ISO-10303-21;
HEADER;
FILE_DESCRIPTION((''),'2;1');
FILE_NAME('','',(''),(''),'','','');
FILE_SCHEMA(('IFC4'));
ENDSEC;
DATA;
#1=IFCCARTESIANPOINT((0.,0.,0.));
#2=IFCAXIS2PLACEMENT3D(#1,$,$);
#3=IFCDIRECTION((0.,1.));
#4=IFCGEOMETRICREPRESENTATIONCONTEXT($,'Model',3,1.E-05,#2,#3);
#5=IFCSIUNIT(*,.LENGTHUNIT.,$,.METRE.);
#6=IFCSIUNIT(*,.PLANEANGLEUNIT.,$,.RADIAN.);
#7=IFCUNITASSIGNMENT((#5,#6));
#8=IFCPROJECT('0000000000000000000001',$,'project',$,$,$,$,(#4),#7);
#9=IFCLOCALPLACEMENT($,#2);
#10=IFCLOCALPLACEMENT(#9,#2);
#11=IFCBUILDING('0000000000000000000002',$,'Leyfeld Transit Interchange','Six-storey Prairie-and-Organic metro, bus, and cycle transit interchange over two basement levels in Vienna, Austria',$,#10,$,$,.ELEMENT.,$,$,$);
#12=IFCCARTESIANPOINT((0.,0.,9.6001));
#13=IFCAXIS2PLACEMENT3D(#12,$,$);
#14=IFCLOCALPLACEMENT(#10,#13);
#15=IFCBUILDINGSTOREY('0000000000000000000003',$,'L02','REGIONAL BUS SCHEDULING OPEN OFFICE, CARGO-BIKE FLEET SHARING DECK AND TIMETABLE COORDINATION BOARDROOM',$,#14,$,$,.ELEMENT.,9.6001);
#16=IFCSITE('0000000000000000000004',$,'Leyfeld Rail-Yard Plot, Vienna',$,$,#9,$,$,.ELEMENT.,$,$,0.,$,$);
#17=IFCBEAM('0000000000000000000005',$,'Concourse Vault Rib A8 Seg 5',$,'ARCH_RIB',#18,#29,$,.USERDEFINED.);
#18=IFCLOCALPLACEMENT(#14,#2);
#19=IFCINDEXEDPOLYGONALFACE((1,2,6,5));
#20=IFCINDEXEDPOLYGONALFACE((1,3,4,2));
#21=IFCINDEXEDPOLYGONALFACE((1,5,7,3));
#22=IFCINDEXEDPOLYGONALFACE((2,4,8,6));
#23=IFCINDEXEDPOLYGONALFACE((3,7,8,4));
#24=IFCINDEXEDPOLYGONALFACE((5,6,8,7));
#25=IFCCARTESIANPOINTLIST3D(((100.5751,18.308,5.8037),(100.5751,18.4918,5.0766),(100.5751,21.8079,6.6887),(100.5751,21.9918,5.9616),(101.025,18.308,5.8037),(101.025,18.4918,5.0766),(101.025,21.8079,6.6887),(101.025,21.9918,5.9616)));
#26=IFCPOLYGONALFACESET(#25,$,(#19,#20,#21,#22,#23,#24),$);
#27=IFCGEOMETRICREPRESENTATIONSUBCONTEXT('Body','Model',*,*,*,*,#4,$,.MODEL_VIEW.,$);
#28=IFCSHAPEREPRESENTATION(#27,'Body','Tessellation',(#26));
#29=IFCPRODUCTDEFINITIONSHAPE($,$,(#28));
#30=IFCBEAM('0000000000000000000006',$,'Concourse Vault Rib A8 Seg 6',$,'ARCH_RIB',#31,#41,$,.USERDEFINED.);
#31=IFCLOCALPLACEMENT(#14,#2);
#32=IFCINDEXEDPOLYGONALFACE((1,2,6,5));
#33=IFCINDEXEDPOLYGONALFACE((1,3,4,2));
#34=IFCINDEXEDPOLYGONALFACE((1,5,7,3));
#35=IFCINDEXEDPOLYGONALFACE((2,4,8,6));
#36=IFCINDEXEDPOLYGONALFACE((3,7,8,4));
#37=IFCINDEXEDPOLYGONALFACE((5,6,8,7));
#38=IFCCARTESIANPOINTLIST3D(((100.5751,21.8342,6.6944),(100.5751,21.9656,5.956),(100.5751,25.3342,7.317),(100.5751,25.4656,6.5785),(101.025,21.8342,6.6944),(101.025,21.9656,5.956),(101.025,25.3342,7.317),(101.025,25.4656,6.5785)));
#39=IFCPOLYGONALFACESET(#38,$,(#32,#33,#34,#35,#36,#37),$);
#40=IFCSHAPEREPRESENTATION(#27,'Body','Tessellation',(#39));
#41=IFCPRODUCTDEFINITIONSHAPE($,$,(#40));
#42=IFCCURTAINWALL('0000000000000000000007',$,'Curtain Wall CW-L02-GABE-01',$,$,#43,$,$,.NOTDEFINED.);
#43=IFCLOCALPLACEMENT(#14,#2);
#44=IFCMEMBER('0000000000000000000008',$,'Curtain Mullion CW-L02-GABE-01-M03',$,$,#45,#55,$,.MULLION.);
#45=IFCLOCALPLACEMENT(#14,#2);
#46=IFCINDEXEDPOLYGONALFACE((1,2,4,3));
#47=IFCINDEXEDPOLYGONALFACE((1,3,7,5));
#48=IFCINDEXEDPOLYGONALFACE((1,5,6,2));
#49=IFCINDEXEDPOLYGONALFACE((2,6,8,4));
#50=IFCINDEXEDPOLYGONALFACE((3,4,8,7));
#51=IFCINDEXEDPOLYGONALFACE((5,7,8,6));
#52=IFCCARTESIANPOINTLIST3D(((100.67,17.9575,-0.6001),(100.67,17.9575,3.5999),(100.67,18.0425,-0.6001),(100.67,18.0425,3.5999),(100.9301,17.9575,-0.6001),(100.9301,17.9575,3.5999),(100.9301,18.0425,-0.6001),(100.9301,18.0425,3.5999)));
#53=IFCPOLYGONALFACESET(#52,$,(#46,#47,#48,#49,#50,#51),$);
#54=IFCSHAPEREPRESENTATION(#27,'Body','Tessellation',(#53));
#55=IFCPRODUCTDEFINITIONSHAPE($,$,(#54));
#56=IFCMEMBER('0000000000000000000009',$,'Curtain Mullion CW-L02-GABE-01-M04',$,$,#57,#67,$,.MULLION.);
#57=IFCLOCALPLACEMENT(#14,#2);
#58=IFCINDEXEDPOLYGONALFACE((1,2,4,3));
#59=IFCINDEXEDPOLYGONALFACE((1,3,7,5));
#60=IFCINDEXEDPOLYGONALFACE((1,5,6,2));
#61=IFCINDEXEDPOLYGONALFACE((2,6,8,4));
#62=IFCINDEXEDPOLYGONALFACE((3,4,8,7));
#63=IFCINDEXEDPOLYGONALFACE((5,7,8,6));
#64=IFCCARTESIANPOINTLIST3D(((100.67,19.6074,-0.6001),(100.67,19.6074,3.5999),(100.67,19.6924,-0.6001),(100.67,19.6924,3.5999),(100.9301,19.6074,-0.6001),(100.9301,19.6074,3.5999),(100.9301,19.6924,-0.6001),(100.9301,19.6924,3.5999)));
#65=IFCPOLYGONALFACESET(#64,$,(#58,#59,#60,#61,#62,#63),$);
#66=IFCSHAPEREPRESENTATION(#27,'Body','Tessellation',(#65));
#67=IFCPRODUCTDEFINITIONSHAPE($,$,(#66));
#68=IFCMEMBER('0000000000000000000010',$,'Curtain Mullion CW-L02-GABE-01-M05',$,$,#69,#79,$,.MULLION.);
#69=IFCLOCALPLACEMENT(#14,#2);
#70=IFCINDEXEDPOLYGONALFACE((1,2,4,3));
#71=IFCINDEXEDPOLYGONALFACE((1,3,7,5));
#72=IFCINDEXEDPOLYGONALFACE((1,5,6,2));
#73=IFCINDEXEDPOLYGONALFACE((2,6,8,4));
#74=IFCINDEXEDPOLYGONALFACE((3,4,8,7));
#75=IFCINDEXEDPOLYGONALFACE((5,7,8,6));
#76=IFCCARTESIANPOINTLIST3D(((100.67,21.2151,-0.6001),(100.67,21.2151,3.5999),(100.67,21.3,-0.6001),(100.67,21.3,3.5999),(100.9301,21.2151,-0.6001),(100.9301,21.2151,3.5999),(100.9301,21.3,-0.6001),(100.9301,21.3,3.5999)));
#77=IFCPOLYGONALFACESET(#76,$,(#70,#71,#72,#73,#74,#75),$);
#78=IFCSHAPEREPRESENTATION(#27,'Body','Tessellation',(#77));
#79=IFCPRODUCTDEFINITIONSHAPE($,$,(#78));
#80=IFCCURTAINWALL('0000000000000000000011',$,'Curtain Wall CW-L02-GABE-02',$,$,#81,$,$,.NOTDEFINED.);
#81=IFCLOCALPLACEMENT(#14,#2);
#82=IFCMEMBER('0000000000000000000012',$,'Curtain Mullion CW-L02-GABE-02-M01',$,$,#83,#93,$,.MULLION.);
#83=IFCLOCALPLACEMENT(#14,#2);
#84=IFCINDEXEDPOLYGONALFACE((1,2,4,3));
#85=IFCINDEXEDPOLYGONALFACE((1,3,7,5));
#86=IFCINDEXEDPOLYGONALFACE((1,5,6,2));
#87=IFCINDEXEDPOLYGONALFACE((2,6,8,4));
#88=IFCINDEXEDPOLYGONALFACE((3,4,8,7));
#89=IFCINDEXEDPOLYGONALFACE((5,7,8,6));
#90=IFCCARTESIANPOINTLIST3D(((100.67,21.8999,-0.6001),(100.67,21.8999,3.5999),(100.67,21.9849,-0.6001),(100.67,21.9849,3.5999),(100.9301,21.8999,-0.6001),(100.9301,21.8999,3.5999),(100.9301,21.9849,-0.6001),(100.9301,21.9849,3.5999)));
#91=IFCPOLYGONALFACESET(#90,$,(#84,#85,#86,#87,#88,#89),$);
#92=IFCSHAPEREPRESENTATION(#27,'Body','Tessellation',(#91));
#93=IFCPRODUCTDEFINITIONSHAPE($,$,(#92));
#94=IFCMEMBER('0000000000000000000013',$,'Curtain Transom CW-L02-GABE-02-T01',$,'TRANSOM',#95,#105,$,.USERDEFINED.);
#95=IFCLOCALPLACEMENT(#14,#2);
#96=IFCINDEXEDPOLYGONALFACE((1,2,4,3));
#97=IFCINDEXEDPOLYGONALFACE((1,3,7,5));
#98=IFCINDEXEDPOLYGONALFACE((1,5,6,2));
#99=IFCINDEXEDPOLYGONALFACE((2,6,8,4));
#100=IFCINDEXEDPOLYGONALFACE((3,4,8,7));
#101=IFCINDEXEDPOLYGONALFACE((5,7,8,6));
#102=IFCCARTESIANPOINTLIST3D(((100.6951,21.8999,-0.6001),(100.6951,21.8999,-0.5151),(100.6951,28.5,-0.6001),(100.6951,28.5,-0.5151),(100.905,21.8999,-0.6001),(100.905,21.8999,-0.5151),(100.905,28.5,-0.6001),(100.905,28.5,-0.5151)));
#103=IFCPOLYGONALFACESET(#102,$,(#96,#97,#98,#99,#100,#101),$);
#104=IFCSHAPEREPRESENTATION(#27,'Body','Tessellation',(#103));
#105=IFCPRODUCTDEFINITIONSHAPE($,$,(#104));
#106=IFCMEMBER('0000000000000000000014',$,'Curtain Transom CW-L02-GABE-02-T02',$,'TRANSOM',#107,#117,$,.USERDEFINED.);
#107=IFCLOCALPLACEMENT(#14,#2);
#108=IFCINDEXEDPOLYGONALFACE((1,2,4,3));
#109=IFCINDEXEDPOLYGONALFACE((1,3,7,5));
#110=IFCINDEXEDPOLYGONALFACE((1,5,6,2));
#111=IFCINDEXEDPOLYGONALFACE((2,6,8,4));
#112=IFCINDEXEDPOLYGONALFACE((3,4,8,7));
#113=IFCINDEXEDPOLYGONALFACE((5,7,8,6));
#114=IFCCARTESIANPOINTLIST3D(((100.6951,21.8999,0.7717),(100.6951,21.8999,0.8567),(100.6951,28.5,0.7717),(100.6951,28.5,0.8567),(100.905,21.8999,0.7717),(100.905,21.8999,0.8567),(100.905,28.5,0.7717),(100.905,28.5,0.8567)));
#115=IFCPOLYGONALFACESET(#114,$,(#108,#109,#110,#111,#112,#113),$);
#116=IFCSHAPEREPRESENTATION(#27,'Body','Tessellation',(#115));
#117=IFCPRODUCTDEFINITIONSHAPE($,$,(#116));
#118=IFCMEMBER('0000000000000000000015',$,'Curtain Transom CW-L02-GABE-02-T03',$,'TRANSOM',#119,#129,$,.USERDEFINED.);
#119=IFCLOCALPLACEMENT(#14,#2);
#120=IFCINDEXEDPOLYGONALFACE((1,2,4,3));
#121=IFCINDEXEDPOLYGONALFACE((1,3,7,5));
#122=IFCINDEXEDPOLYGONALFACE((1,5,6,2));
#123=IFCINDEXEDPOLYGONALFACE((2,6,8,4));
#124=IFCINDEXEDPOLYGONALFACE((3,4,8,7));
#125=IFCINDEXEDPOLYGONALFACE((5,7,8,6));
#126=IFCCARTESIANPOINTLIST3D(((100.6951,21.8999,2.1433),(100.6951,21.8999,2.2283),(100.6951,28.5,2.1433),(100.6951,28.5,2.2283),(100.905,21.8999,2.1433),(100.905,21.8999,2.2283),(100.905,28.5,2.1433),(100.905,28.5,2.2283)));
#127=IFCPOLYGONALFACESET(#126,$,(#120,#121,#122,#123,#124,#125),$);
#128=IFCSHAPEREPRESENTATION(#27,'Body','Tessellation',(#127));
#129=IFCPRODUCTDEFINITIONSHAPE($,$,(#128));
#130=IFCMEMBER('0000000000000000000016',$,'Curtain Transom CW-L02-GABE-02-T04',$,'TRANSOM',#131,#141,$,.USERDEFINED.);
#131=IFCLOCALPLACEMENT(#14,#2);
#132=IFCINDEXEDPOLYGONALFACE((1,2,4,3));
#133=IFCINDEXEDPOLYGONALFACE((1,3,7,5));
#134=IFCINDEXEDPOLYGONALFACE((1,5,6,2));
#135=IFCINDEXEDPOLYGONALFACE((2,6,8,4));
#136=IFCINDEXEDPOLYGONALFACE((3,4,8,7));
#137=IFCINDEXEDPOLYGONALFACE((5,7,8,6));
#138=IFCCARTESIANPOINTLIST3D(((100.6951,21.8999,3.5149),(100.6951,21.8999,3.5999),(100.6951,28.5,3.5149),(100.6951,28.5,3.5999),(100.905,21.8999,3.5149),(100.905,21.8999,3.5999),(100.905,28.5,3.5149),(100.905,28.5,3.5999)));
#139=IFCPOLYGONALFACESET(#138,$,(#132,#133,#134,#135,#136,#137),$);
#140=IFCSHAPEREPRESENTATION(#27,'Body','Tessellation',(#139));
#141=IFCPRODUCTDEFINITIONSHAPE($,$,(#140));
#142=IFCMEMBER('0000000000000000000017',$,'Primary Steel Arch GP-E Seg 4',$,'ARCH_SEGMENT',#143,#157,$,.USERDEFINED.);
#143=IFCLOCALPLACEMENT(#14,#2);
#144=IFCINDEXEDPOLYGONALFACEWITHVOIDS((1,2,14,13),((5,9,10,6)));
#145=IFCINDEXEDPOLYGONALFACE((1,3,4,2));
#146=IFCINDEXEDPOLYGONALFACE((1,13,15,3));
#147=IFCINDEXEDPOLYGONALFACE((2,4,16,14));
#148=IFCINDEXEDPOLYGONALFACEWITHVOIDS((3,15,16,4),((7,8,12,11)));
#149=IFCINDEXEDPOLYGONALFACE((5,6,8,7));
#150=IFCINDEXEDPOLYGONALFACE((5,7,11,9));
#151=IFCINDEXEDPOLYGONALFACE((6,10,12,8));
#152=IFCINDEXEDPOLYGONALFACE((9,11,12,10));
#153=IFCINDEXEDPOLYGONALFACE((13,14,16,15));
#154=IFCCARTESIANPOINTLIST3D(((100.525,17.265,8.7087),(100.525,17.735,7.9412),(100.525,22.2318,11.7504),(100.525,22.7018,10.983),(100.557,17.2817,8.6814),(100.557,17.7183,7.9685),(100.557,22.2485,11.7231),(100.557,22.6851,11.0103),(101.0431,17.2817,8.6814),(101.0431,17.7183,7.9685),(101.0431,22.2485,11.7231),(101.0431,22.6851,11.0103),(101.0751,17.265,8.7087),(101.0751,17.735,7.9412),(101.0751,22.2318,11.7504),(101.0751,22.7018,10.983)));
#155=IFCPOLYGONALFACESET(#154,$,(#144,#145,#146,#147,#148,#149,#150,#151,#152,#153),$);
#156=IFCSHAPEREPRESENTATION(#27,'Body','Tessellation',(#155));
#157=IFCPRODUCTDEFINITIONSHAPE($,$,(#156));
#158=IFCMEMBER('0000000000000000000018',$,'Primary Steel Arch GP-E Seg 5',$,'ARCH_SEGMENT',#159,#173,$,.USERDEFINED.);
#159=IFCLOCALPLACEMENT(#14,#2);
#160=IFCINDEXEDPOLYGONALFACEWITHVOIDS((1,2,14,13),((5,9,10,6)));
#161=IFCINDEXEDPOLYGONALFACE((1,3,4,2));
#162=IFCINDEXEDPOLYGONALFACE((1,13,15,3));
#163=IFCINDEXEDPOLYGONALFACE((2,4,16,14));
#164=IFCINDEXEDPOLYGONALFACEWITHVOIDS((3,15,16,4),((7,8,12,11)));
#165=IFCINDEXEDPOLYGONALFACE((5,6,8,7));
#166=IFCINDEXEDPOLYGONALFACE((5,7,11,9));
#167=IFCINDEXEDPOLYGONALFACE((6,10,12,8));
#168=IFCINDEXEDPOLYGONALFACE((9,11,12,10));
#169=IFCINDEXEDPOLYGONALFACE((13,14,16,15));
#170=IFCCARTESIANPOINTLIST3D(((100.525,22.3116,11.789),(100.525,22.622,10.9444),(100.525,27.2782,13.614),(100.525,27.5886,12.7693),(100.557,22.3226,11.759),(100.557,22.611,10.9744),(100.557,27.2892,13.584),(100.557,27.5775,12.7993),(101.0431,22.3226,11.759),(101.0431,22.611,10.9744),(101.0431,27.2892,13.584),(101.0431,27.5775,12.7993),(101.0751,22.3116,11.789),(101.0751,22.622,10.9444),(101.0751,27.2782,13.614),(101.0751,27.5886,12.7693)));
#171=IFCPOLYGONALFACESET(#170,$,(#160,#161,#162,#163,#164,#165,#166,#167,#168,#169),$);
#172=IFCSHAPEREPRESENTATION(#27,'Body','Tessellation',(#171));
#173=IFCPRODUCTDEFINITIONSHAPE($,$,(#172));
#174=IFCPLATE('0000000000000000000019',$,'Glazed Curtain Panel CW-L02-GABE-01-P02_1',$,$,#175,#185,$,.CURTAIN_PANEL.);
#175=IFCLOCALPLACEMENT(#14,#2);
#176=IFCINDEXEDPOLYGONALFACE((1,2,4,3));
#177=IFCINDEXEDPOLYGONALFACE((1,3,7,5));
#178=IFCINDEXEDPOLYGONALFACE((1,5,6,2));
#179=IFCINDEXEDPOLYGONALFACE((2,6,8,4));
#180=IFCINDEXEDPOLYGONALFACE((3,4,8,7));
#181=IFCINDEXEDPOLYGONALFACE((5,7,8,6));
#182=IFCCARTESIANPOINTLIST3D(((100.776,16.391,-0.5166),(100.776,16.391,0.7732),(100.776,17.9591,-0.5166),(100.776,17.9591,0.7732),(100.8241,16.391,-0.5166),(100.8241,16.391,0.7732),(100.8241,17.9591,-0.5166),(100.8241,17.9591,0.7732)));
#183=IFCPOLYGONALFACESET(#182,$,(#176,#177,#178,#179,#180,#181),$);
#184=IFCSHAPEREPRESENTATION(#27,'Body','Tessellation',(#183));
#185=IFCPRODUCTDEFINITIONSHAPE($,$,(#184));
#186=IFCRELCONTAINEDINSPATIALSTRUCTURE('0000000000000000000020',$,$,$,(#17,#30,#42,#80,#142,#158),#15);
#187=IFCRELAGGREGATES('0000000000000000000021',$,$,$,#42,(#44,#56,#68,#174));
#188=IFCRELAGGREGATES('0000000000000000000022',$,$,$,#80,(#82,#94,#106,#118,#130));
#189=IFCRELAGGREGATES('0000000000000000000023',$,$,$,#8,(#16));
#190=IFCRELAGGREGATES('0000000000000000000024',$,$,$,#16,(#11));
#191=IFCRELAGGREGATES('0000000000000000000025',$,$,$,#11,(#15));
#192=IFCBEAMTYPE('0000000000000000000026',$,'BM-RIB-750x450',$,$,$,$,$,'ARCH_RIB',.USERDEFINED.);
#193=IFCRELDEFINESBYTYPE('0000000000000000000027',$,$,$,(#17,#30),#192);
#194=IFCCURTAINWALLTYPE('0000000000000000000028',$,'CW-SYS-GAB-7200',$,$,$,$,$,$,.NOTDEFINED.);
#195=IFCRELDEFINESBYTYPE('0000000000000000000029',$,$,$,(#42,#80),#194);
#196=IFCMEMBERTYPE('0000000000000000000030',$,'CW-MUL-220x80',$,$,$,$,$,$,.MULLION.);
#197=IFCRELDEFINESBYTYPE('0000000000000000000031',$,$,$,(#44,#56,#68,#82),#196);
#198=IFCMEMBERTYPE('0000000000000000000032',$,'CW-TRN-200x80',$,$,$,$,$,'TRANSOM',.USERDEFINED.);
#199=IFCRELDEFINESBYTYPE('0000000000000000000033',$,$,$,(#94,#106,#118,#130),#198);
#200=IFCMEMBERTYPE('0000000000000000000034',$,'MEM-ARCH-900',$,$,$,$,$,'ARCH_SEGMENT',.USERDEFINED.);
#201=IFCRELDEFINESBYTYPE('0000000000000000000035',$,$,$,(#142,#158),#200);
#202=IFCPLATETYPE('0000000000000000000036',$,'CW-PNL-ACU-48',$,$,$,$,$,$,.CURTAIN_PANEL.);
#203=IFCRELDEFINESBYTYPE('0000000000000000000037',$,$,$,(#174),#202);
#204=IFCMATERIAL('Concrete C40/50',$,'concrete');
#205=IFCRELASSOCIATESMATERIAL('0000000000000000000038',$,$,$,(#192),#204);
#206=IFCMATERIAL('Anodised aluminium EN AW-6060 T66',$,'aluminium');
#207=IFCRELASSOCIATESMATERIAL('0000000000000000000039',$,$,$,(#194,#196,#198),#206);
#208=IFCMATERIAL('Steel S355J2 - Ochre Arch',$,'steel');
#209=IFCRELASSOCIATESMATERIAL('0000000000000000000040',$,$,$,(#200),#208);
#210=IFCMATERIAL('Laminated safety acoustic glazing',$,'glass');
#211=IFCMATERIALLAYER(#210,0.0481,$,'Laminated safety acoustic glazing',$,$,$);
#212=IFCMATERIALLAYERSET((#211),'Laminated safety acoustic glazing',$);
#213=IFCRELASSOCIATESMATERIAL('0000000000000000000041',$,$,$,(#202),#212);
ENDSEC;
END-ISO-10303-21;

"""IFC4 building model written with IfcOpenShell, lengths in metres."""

from ifc_helpers import new_model, si_unit, direction, frame, origin, origin_2d, place, context, subcontext, project, spatial, rectangle, hollow_rectangle, extrude, material, layer, layer_set, material_profile, profile_set, type_object, element, aggregate, save


model = new_model("IFC4")

# Units and contexts
model_context = context("Model", 3, precision=1e-05, world=origin(), true_north=direction((0.0, 1.0)))
body_context = subcontext(model_context, "Body", "Model", "MODEL_VIEW")
ifc_project = project(units=[si_unit("LENGTHUNIT", "METRE"), si_unit("PLANEANGLEUNIT", "RADIAN")], contexts=[model_context])

# Site, building, storey
site_placement = place(None, origin())
site = spatial("IfcSite", under=ifc_project, at=site_placement, Name="Leyfeld Rail-Yard Plot, Vienna", CompositionType="ELEMENT", RefElevation=0.0)
building_placement = place(site_placement, origin())
building = spatial("IfcBuilding", under=site, at=building_placement, Name="Leyfeld Transit Interchange", Description="Six-storey Prairie-and-Organic metro, bus, and cycle transit interchange over two basement levels in Vienna, Austria", CompositionType="ELEMENT")
storey_placement = place(building_placement, frame((0.0, 0.0, 9.6001)))
storey = spatial("IfcBuildingStorey", under=building, at=storey_placement, Name="L02", Description="REGIONAL BUS SCHEDULING OPEN OFFICE, CARGO-BIKE FLEET SHARING DECK AND TIMETABLE COORDINATION BOARDROOM", CompositionType="ELEMENT", Elevation=9.6001)

# Beams
ifc_material_1 = material(Name="Concrete C40/50", Category="concrete")
ifc_material_profile_1 = material_profile(ifc_material_1, rectangle(XDim=0.45, YDim=0.75, at=origin_2d()), Name="RC 750x450 RIB")
ifc_profile_set_1 = profile_set([ifc_material_profile_1], Name="Concrete C40/50")
beam_type = type_object("IfcBeamType", Name="BM-RIB-750x450", ElementType="ARCH_RIB", PredefinedType="USERDEFINED", material=ifc_profile_set_1)
beam_1_placement = place(storey_placement, frame((100.8, 18.3999, 5.4402), z_axis=(0.0, 0.969487, 0.245144), x_axis=(-1.0, 0.0, 0.0)))
element("IfcBeam", 1, at=beam_1_placement, inside=storey, type_object=beam_type, Name="Concourse Vault Rib A8 Seg 5", ObjectType="ARCH_RIB", PredefinedType="USERDEFINED", context=body_context, shape_type="SweptSolid", body=[
    extrude(rectangle(XDim=0.45, YDim=0.75, at=origin_2d()), origin(), (0.0, 0.0, 1.0), 3.6101),
])
beam_2_placement = place(storey_placement, frame((100.8, 21.8999, 6.3252), z_axis=(0.0, 0.984546, 0.175125), x_axis=(-1.0, 0.0, 0.0)))
element("IfcBeam", 2, at=beam_2_placement, inside=storey, type_object=beam_type, Name="Concourse Vault Rib A8 Seg 6", ObjectType="ARCH_RIB", PredefinedType="USERDEFINED", context=body_context, shape_type="SweptSolid", body=[
    extrude(rectangle(XDim=0.45, YDim=0.75, at=origin_2d()), origin(), (0.0, 0.0, 1.0), 3.5549),
])

# Curtain walls, members
ifc_material_2 = material(Name="Anodised aluminium EN AW-6060 T66", Category="aluminium")
curtain_wall_type = type_object("IfcCurtainWallType", Name="CW-SYS-GAB-7200", PredefinedType="NOTDEFINED", material=ifc_material_2)
curtain_wall_1_placement = place(storey_placement, origin())
curtain_wall_1 = element("IfcCurtainWall", 3, at=curtain_wall_1_placement, inside=storey, type_object=curtain_wall_type, Name="Curtain Wall CW-L02-GABE-01", PredefinedType="NOTDEFINED")
ifc_material_profile_2 = material_profile(ifc_material_2, rectangle(XDim=0.085, YDim=0.26, at=origin_2d()), Name="CW-M 85x260")
ifc_profile_set_2 = profile_set([ifc_material_profile_2], Name="Anodised aluminium EN AW-6060 T66")
member_type_1 = type_object("IfcMemberType", Name="CW-MUL-220x80", PredefinedType="MULLION", material=ifc_profile_set_2)
member_1_placement = place(storey_placement, frame((100.8, 18.0, -0.6001), z_axis=(0.0, 0.0, 1.0), x_axis=(0.0, 1.0, 0.0)))
member_1 = element("IfcMember", 4, at=member_1_placement, type_object=member_type_1, Name="Curtain Mullion CW-L02-GABE-01-M03", PredefinedType="MULLION", context=body_context, shape_type="SweptSolid", body=[
    extrude(rectangle(XDim=0.085, YDim=0.26, at=origin_2d()), origin(), (0.0, 0.0, 1.0), 4.2),
])
member_2_placement = place(storey_placement, frame((100.8, 19.6499, -0.6001), z_axis=(0.0, 0.0, 1.0), x_axis=(0.0, 1.0, 0.0)))
member_2 = element("IfcMember", 5, at=member_2_placement, type_object=member_type_1, Name="Curtain Mullion CW-L02-GABE-01-M04", PredefinedType="MULLION", context=body_context, shape_type="SweptSolid", body=[
    extrude(rectangle(XDim=0.085, YDim=0.26, at=origin_2d()), origin(), (0.0, 0.0, 1.0), 4.2),
])
member_3_placement = place(storey_placement, frame((100.8, 21.2576, -0.6001), z_axis=(0.0, 0.0, 1.0), x_axis=(0.0, 1.0, 0.0)))
member_3 = element("IfcMember", 6, at=member_3_placement, type_object=member_type_1, Name="Curtain Mullion CW-L02-GABE-01-M05", PredefinedType="MULLION", context=body_context, shape_type="SweptSolid", body=[
    extrude(rectangle(XDim=0.085, YDim=0.26, at=origin_2d()), origin(), (0.0, 0.0, 1.0), 4.2),
])
curtain_wall_2_placement = place(storey_placement, origin())
curtain_wall_2 = element("IfcCurtainWall", 7, at=curtain_wall_2_placement, inside=storey, type_object=curtain_wall_type, Name="Curtain Wall CW-L02-GABE-02", PredefinedType="NOTDEFINED")
member_4_placement = place(storey_placement, frame((100.8, 21.9424, -0.6001), z_axis=(0.0, 0.0, 1.0), x_axis=(0.0, 1.0, 0.0)))
member_4 = element("IfcMember", 8, at=member_4_placement, type_object=member_type_1, Name="Curtain Mullion CW-L02-GABE-02-M01", PredefinedType="MULLION", context=body_context, shape_type="SweptSolid", body=[
    extrude(rectangle(XDim=0.085, YDim=0.26, at=origin_2d()), origin(), (0.0, 0.0, 1.0), 4.2),
])
ifc_material_profile_3 = material_profile(ifc_material_2, rectangle(XDim=0.21, YDim=0.085, at=origin_2d()), Name="CW-TRN-200x80")
ifc_profile_set_3 = profile_set([ifc_material_profile_3], Name="Anodised aluminium EN AW-6060 T66")
member_type_2 = type_object("IfcMemberType", Name="CW-TRN-200x80", ElementType="TRANSOM", PredefinedType="USERDEFINED", material=ifc_profile_set_3)
member_5_placement = place(storey_placement, frame((100.8, 21.8999, -0.5576), z_axis=(0.0, 1.0, 0.0), x_axis=(-1.0, 0.0, 0.0)))
member_5 = element("IfcMember", 9, at=member_5_placement, type_object=member_type_2, Name="Curtain Transom CW-L02-GABE-02-T01", ObjectType="TRANSOM", PredefinedType="USERDEFINED", context=body_context, shape_type="SweptSolid", body=[
    extrude(rectangle(XDim=0.21, YDim=0.085, at=origin_2d()), origin(), (0.0, 0.0, 1.0), 6.6001),
])
member_6_placement = place(storey_placement, frame((100.8, 21.8999, 0.8142), z_axis=(0.0, 1.0, 0.0), x_axis=(-1.0, 0.0, 0.0)))
member_6 = element("IfcMember", 10, at=member_6_placement, type_object=member_type_2, Name="Curtain Transom CW-L02-GABE-02-T02", ObjectType="TRANSOM", PredefinedType="USERDEFINED", context=body_context, shape_type="SweptSolid", body=[
    extrude(rectangle(XDim=0.21, YDim=0.085, at=origin_2d()), origin(), (0.0, 0.0, 1.0), 6.6001),
])
member_7_placement = place(storey_placement, frame((100.8, 21.8999, 2.1858), z_axis=(0.0, 1.0, 0.0), x_axis=(-1.0, 0.0, 0.0)))
member_7 = element("IfcMember", 11, at=member_7_placement, type_object=member_type_2, Name="Curtain Transom CW-L02-GABE-02-T03", ObjectType="TRANSOM", PredefinedType="USERDEFINED", context=body_context, shape_type="SweptSolid", body=[
    extrude(rectangle(XDim=0.21, YDim=0.085, at=origin_2d()), origin(), (0.0, 0.0, 1.0), 6.6001),
])
member_8_placement = place(storey_placement, frame((100.8, 21.8999, 3.5574), z_axis=(0.0, 1.0, 0.0), x_axis=(-1.0, 0.0, 0.0)))
member_8 = element("IfcMember", 12, at=member_8_placement, type_object=member_type_2, Name="Curtain Transom CW-L02-GABE-02-T04", ObjectType="TRANSOM", PredefinedType="USERDEFINED", context=body_context, shape_type="SweptSolid", body=[
    extrude(rectangle(XDim=0.21, YDim=0.085, at=origin_2d()), origin(), (0.0, 0.0, 1.0), 6.6001),
])

# Members
ifc_material_3 = material(Name="Steel S355J2 - Ochre Arch", Category="steel")
ifc_material_profile_4 = material_profile(ifc_material_3, hollow_rectangle(XDim=0.55, YDim=0.8999, WallThickness=0.032, at=origin_2d()), Name="RHS 900x550x32")
ifc_profile_set_4 = profile_set([ifc_material_profile_4], Name="Steel S355J2 - Ochre Arch")
member_type_3 = type_object("IfcMemberType", Name="MEM-ARCH-900", ElementType="ARCH_SEGMENT", PredefinedType="USERDEFINED", material=ifc_profile_set_4)
member_9_placement = place(storey_placement, frame((100.8, 17.5, 8.325), z_axis=(0.0, 0.852786, 0.52226), x_axis=(-1.0, 0.0, 0.0)))
element("IfcMember", 13, at=member_9_placement, inside=storey, type_object=member_type_3, Name="Primary Steel Arch GP-E Seg 4", ObjectType="ARCH_SEGMENT", PredefinedType="USERDEFINED", context=body_context, shape_type="SweptSolid", body=[
    extrude(hollow_rectangle(XDim=0.55, YDim=0.8999, WallThickness=0.032, at=origin_2d()), origin(), (0.0, 0.0, 1.0), 5.8242),
])
member_10_placement = place(storey_placement, frame((100.8, 22.4668, 11.3667), z_axis=(0.0, 0.938639, 0.344901), x_axis=(-1.0, 0.0, 0.0)))
element("IfcMember", 14, at=member_10_placement, inside=storey, type_object=member_type_3, Name="Primary Steel Arch GP-E Seg 5", ObjectType="ARCH_SEGMENT", PredefinedType="USERDEFINED", context=body_context, shape_type="SweptSolid", body=[
    extrude(hollow_rectangle(XDim=0.55, YDim=0.8999, WallThickness=0.032, at=origin_2d()), origin(), (0.0, 0.0, 1.0), 5.2913),
])

# Plate
ifc_material_4 = material(Name="Laminated safety acoustic glazing", Category="glass")
ifc_layer = layer(ifc_material_4, 0.0481, Name="Laminated safety acoustic glazing")
ifc_layer_set = layer_set([ifc_layer], Name="Laminated safety acoustic glazing")
plate_type = type_object("IfcPlateType", Name="CW-PNL-ACU-48", PredefinedType="CURTAIN_PANEL", material=ifc_layer_set)
plate_1_placement = place(storey_placement, frame((100.8, 17.175, -0.5166), z_axis=(0.0, 0.0, 1.0), x_axis=(0.0, 1.0, 0.0)))
plate_1 = element("IfcPlate", 15, at=plate_1_placement, type_object=plate_type, Name="Glazed Curtain Panel CW-L02-GABE-01-P02_1", PredefinedType="CURTAIN_PANEL", context=body_context, shape_type="SweptSolid", body=[
    extrude(rectangle(XDim=1.5681, YDim=0.0481, at=origin_2d()), origin(), (0.0, 0.0, 1.0), 1.2898),
])
aggregate(curtain_wall_1, [member_1, member_2, member_3, plate_1])
aggregate(curtain_wall_2, [member_4, member_5, member_6, member_7, member_8])

save(model, "model.ifc")
